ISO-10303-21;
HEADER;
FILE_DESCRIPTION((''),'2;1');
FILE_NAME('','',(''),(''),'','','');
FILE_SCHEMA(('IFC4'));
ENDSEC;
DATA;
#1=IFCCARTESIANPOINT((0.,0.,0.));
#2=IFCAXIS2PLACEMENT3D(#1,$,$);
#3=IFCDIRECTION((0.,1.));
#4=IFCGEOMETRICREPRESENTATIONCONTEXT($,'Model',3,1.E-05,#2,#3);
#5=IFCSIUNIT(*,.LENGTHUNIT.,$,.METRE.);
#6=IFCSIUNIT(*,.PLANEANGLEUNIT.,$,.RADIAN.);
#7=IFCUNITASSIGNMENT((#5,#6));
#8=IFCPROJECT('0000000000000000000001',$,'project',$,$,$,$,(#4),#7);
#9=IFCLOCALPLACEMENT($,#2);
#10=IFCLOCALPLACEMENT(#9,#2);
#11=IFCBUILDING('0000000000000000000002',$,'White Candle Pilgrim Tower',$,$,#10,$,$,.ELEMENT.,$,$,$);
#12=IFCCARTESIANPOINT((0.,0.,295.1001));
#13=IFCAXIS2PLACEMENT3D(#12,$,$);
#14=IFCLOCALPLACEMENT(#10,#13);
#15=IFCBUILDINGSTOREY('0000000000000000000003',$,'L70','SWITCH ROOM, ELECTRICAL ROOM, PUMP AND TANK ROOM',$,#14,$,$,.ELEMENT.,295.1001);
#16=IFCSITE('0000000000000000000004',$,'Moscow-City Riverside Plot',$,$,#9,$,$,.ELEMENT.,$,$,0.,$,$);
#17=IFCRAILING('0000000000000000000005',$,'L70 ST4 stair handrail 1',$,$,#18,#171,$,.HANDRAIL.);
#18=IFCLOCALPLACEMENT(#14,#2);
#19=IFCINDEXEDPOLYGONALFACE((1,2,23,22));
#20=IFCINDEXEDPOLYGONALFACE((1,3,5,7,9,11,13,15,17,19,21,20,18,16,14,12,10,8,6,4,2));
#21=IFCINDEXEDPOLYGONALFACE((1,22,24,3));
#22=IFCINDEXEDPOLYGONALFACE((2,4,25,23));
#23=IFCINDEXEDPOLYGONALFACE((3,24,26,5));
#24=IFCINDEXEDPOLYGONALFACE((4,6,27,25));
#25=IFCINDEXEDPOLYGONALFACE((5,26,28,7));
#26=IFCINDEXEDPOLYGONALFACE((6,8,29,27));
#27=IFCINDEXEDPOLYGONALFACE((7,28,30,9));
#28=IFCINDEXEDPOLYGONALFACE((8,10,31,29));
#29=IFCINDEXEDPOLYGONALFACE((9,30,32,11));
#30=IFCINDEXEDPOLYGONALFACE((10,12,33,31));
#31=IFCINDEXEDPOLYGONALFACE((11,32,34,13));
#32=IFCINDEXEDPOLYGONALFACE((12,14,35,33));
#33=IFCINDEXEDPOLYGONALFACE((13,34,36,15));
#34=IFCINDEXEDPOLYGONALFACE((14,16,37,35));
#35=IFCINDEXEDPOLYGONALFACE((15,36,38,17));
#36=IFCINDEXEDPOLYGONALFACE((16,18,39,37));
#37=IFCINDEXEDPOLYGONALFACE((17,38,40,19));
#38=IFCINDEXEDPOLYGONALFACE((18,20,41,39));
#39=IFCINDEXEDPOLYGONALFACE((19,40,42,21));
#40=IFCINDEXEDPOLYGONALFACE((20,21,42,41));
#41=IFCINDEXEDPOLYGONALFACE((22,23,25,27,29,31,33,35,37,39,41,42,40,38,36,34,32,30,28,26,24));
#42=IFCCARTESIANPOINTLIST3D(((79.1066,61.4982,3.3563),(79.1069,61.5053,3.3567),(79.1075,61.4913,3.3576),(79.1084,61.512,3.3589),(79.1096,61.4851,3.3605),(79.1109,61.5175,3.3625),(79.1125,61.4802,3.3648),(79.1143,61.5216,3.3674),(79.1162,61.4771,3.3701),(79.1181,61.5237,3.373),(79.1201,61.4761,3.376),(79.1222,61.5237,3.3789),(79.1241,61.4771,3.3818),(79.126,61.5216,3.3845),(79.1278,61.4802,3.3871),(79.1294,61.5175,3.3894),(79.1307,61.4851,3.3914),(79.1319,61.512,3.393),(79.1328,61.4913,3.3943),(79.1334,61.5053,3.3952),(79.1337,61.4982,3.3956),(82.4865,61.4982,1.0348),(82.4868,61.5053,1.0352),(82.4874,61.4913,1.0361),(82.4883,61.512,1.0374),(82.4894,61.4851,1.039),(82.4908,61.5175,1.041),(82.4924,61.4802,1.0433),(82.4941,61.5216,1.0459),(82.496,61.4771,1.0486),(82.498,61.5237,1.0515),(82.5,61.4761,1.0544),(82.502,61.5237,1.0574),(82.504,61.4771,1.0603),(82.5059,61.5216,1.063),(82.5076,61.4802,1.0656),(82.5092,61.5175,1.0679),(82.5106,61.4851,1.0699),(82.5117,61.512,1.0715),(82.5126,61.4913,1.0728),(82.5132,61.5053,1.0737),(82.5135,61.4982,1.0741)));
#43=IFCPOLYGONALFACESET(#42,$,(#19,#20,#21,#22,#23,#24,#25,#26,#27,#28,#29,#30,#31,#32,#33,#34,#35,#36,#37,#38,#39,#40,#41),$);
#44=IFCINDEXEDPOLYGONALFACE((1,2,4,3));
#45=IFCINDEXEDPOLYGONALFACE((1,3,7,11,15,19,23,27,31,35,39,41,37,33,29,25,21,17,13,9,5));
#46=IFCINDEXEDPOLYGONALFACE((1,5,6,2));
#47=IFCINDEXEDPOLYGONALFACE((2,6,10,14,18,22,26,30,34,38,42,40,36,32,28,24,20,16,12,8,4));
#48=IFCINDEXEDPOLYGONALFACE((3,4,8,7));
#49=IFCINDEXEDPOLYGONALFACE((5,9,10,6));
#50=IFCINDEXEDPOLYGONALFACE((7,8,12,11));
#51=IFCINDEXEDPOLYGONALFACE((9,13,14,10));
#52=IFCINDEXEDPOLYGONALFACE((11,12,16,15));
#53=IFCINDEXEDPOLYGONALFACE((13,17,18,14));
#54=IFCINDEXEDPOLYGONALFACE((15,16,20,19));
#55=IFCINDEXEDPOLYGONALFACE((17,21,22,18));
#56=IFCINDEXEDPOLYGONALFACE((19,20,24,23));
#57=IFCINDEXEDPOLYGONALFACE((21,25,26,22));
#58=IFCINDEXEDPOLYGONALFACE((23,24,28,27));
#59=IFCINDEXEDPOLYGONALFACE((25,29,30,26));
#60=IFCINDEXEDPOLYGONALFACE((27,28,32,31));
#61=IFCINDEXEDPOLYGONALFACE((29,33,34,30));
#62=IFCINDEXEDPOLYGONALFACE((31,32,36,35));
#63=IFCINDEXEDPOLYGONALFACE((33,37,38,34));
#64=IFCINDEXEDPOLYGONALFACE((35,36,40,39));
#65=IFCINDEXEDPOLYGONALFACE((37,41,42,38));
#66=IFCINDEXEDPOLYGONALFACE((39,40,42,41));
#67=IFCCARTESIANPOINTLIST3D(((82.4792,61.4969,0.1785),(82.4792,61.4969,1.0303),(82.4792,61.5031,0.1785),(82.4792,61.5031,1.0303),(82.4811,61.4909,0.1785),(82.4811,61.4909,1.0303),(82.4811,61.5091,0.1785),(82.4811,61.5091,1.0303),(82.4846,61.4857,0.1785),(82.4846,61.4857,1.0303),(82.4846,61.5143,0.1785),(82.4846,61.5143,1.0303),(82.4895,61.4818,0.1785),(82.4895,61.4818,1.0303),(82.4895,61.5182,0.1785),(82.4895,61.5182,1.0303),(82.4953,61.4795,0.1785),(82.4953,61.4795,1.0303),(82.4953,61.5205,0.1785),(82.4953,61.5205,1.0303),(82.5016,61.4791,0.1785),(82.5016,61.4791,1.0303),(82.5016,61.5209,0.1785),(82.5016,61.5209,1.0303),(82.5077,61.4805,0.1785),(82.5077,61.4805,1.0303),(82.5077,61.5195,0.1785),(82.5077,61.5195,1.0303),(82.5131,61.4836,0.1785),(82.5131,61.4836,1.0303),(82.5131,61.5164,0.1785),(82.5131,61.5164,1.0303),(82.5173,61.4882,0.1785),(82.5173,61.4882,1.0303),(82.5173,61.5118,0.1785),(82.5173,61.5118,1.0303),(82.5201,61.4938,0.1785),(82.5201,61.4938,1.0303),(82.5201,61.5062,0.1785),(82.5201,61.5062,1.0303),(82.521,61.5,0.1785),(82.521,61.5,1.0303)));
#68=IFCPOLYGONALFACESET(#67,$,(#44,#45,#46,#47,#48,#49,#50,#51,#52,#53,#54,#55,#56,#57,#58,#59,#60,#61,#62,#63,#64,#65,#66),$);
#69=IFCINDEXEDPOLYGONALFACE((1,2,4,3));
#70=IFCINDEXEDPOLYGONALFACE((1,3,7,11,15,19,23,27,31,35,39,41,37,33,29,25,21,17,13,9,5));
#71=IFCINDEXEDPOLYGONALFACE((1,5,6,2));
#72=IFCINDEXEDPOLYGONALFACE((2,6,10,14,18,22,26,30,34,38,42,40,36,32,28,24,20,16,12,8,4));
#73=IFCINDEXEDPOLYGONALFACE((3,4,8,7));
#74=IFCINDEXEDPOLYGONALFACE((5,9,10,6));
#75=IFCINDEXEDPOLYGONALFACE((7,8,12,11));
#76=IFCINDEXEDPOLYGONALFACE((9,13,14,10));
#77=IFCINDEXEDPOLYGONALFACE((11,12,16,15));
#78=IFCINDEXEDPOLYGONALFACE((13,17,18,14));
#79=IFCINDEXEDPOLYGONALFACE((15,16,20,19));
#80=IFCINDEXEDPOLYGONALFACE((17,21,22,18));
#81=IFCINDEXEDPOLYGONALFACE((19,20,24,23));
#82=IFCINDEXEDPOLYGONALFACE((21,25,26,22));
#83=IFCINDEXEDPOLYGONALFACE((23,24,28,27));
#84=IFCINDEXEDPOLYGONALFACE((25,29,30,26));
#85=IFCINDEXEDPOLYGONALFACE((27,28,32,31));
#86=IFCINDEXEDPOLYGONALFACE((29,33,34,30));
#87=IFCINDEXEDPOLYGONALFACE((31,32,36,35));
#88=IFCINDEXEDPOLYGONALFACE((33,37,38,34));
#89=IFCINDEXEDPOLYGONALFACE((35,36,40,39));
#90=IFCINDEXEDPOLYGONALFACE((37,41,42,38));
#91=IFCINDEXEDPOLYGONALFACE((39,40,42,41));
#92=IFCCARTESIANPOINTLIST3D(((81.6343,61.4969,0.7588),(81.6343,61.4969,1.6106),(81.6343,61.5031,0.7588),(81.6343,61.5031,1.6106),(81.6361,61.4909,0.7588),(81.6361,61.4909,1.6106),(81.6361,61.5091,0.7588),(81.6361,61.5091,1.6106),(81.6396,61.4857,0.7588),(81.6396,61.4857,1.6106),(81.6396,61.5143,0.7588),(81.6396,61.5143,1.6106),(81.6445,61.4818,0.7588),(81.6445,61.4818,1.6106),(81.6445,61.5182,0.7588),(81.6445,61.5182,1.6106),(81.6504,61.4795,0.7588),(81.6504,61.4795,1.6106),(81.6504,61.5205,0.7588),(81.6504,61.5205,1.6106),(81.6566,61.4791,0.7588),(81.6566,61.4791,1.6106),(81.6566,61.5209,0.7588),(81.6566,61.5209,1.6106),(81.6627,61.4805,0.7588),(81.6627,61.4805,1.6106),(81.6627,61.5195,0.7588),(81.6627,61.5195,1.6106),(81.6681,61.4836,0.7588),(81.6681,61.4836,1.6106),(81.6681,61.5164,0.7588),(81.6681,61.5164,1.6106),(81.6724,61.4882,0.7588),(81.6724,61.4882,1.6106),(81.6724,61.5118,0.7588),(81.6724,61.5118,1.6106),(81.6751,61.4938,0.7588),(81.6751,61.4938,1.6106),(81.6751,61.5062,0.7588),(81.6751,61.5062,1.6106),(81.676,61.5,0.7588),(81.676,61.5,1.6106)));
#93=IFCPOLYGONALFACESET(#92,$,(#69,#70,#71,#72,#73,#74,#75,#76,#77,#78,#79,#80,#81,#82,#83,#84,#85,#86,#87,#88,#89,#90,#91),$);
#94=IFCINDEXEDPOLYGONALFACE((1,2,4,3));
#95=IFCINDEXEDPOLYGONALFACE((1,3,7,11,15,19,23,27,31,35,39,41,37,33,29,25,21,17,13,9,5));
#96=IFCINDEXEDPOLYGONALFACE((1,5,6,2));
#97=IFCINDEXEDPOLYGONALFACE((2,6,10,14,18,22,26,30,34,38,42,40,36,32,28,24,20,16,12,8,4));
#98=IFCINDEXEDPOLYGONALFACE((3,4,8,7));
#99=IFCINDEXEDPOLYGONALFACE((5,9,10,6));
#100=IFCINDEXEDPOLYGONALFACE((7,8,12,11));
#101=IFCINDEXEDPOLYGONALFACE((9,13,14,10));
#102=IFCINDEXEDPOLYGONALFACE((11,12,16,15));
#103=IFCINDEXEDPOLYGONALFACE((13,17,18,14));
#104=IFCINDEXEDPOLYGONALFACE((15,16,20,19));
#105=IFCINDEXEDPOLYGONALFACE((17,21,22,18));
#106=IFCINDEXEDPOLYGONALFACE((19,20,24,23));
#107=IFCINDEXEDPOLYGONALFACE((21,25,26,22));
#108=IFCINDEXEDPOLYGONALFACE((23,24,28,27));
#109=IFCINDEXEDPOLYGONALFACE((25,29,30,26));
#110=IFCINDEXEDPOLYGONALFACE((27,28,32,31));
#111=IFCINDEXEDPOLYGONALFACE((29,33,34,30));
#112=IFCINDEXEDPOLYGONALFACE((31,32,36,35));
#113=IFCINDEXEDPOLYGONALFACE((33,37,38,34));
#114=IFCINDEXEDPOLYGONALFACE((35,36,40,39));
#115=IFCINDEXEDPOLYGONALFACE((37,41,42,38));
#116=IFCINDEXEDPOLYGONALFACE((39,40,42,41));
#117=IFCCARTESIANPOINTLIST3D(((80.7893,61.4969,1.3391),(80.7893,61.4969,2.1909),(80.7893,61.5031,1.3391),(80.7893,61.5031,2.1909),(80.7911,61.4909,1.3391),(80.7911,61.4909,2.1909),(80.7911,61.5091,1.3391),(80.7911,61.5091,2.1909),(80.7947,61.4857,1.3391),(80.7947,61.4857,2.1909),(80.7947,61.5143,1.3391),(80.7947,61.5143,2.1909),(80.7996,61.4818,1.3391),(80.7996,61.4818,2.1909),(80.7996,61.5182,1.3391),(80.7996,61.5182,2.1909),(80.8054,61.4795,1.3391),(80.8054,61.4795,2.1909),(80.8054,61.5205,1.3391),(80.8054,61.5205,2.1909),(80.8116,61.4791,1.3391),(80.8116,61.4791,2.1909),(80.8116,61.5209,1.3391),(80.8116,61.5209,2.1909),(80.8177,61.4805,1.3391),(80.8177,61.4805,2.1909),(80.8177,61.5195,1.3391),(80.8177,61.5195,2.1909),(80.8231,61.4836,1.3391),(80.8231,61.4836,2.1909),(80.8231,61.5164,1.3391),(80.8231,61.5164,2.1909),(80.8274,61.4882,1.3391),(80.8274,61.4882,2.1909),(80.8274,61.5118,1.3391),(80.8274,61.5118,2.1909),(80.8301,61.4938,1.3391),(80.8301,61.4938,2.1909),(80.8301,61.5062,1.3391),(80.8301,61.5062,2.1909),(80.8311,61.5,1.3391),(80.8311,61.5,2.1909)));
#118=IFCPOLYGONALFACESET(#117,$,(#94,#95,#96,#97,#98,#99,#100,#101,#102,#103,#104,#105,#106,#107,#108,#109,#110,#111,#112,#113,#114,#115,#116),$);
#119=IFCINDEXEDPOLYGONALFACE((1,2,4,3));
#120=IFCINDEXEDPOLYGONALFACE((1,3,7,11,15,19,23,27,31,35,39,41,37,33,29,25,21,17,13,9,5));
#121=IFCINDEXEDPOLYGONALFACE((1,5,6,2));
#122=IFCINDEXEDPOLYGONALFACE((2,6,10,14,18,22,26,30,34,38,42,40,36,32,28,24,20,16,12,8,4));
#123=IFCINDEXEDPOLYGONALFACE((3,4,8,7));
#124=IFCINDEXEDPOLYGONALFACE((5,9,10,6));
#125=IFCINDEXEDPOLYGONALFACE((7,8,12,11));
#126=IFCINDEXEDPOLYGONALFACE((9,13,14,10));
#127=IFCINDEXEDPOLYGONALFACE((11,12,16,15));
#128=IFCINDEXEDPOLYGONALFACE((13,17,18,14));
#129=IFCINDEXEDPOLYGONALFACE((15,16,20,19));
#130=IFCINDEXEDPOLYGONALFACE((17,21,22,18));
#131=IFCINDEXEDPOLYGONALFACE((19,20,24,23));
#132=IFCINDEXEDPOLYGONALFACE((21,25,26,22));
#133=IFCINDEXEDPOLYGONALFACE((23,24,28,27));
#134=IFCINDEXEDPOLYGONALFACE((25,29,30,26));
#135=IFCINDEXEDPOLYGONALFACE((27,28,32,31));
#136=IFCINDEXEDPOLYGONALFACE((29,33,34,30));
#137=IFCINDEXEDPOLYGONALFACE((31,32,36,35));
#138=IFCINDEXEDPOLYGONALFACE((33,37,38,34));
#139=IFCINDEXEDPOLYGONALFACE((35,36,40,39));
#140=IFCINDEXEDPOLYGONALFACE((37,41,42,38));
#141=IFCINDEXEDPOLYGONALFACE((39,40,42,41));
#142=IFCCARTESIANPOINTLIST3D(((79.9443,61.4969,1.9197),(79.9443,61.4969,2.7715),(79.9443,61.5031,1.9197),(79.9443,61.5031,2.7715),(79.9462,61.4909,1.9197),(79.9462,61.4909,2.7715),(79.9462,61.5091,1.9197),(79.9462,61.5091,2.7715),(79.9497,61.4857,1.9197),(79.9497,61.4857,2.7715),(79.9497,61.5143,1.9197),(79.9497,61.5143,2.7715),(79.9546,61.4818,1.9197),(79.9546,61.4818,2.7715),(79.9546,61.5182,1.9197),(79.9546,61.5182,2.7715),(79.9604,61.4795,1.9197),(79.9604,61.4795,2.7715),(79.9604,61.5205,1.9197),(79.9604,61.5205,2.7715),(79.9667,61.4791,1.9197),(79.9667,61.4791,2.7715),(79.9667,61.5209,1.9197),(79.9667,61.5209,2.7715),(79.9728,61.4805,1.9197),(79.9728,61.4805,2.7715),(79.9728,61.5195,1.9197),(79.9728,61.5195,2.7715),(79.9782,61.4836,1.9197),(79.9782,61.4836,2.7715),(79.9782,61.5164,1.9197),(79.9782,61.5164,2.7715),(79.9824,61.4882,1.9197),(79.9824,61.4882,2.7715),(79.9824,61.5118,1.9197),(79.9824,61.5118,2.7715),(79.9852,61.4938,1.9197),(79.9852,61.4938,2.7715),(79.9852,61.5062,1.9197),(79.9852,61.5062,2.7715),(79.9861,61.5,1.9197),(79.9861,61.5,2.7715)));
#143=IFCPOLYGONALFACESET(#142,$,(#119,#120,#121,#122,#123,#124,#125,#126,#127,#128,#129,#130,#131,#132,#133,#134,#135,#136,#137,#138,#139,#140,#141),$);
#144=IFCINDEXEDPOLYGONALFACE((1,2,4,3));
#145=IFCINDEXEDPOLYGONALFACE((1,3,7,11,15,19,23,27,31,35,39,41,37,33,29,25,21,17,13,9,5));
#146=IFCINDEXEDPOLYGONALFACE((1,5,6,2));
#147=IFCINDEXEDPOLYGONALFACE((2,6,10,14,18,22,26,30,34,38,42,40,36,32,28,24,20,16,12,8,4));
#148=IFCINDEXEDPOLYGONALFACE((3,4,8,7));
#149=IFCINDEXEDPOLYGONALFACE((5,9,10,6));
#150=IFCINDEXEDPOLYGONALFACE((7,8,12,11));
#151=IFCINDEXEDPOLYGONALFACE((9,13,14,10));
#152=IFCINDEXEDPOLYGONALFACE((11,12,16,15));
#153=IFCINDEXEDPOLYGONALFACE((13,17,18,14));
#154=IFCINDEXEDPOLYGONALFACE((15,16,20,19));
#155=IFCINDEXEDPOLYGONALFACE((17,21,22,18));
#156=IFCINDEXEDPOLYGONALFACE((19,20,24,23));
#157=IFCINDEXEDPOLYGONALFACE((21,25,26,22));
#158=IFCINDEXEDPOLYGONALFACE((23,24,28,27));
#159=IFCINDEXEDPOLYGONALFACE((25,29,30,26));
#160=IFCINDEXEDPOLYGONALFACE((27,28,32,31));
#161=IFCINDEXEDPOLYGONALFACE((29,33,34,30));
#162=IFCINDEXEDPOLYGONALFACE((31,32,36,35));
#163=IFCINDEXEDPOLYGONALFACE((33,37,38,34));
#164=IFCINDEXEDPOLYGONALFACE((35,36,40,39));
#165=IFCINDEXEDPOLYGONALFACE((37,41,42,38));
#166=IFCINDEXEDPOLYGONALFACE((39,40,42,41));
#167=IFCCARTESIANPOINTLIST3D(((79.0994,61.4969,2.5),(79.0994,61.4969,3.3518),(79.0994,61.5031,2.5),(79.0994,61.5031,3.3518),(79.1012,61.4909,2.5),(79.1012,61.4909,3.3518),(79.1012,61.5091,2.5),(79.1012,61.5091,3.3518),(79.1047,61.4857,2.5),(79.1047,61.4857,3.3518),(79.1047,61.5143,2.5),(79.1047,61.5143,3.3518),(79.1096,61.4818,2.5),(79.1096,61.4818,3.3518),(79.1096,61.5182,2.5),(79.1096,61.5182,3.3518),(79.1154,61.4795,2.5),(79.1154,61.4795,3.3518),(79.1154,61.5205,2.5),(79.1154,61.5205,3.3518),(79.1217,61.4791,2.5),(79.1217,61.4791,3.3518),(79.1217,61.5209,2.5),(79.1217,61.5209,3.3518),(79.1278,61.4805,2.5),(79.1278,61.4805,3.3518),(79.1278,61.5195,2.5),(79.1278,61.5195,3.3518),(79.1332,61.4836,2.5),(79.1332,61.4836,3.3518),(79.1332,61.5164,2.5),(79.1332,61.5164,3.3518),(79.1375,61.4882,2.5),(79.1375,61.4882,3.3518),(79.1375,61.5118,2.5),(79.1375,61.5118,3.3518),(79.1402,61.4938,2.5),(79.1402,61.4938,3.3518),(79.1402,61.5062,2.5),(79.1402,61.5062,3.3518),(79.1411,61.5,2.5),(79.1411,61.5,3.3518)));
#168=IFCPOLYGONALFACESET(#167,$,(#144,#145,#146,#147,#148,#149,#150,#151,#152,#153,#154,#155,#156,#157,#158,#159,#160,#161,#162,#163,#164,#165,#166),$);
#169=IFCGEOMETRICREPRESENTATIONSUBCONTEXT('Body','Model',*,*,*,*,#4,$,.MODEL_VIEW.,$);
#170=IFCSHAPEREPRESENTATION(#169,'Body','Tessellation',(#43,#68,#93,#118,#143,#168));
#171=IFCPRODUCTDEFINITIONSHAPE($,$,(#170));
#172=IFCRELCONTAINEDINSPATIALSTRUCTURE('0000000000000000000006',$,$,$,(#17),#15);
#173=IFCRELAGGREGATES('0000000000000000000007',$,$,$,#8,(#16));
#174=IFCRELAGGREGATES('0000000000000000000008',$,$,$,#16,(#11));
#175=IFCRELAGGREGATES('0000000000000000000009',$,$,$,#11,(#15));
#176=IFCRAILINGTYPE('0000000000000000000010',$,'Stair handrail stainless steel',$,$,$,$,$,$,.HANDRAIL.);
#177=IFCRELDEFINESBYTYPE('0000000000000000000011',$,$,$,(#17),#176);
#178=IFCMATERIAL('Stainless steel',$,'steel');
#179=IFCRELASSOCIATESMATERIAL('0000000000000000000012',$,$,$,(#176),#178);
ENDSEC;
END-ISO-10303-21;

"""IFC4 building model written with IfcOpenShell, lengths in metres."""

from ifc_helpers import new_model, si_unit, direction, frame, origin, origin_2d, place, context, subcontext, project, spatial, circle, extrude, material, type_object, element, save


model = new_model("IFC4")

# Units and contexts
model_context = context("Model", 3, precision=1e-05, world=origin(), true_north=direction((0.0, 1.0)))
body_context = subcontext(model_context, "Body", "Model", "MODEL_VIEW")
ifc_project = project(units=[si_unit("LENGTHUNIT", "METRE"), si_unit("PLANEANGLEUNIT", "RADIAN")], contexts=[model_context])

# Site, building, storey
site_placement = place(None, origin())
site = spatial("IfcSite", under=ifc_project, at=site_placement, Name="Moscow-City Riverside Plot", CompositionType="ELEMENT", RefElevation=0.0)
building_placement = place(site_placement, origin())
building = spatial("IfcBuilding", under=site, at=building_placement, Name="White Candle Pilgrim Tower", CompositionType="ELEMENT")
storey_placement = place(building_placement, frame((0.0, 0.0, 295.1001)))
storey = spatial("IfcBuildingStorey", under=building, at=storey_placement, Name="L70", Description="SWITCH ROOM, ELECTRICAL ROOM, PUMP AND TANK ROOM", CompositionType="ELEMENT", Elevation=295.1001)

# Railing
ifc_material_1 = material(Name="Stainless steel", Category="steel")
railing_type_1 = type_object("IfcRailingType", Name="Stair handrail stainless steel", PredefinedType="HANDRAIL", material=ifc_material_1)
railing_1_placement = place(storey_placement, frame((82.5, 61.5, 0.1785)))
element("IfcRailing", 1, at=railing_1_placement, inside=storey, type_object=railing_type_1, Name="L70 ST4 stair handrail 1", PredefinedType="HANDRAIL", context=body_context, shape_type="SweptSolid", body=[
    extrude(circle(Radius=0.0239, at=origin_2d()), frame((0.0, 0.0, 0.876), z_axis=(-0.824285, 0.0, 0.566175), x_axis=(0.0, -1.0, 0.0)), (0.0, 0.0, 1.0), 4.1003),
    extrude(circle(Radius=0.021, at=origin_2d()), origin(), (0.0, 0.0, 1.0), 0.8518),
    extrude(circle(Radius=0.021, at=origin_2d()), frame((-0.845, 0.0, 0.5803)), (0.0, 0.0, 1.0), 0.8518),
    extrude(circle(Radius=0.021, at=origin_2d()), frame((-1.6899, 0.0, 1.1606)), (0.0, 0.0, 1.0), 0.8518),
    extrude(circle(Radius=0.021, at=origin_2d()), frame((-2.5349, 0.0, 1.7412)), (0.0, 0.0, 1.0), 0.8518),
    extrude(circle(Radius=0.021, at=origin_2d()), frame((-3.3799, 0.0, 2.3215)), (0.0, 0.0, 1.0), 0.8518),
])

save(model, "model.ifc")
